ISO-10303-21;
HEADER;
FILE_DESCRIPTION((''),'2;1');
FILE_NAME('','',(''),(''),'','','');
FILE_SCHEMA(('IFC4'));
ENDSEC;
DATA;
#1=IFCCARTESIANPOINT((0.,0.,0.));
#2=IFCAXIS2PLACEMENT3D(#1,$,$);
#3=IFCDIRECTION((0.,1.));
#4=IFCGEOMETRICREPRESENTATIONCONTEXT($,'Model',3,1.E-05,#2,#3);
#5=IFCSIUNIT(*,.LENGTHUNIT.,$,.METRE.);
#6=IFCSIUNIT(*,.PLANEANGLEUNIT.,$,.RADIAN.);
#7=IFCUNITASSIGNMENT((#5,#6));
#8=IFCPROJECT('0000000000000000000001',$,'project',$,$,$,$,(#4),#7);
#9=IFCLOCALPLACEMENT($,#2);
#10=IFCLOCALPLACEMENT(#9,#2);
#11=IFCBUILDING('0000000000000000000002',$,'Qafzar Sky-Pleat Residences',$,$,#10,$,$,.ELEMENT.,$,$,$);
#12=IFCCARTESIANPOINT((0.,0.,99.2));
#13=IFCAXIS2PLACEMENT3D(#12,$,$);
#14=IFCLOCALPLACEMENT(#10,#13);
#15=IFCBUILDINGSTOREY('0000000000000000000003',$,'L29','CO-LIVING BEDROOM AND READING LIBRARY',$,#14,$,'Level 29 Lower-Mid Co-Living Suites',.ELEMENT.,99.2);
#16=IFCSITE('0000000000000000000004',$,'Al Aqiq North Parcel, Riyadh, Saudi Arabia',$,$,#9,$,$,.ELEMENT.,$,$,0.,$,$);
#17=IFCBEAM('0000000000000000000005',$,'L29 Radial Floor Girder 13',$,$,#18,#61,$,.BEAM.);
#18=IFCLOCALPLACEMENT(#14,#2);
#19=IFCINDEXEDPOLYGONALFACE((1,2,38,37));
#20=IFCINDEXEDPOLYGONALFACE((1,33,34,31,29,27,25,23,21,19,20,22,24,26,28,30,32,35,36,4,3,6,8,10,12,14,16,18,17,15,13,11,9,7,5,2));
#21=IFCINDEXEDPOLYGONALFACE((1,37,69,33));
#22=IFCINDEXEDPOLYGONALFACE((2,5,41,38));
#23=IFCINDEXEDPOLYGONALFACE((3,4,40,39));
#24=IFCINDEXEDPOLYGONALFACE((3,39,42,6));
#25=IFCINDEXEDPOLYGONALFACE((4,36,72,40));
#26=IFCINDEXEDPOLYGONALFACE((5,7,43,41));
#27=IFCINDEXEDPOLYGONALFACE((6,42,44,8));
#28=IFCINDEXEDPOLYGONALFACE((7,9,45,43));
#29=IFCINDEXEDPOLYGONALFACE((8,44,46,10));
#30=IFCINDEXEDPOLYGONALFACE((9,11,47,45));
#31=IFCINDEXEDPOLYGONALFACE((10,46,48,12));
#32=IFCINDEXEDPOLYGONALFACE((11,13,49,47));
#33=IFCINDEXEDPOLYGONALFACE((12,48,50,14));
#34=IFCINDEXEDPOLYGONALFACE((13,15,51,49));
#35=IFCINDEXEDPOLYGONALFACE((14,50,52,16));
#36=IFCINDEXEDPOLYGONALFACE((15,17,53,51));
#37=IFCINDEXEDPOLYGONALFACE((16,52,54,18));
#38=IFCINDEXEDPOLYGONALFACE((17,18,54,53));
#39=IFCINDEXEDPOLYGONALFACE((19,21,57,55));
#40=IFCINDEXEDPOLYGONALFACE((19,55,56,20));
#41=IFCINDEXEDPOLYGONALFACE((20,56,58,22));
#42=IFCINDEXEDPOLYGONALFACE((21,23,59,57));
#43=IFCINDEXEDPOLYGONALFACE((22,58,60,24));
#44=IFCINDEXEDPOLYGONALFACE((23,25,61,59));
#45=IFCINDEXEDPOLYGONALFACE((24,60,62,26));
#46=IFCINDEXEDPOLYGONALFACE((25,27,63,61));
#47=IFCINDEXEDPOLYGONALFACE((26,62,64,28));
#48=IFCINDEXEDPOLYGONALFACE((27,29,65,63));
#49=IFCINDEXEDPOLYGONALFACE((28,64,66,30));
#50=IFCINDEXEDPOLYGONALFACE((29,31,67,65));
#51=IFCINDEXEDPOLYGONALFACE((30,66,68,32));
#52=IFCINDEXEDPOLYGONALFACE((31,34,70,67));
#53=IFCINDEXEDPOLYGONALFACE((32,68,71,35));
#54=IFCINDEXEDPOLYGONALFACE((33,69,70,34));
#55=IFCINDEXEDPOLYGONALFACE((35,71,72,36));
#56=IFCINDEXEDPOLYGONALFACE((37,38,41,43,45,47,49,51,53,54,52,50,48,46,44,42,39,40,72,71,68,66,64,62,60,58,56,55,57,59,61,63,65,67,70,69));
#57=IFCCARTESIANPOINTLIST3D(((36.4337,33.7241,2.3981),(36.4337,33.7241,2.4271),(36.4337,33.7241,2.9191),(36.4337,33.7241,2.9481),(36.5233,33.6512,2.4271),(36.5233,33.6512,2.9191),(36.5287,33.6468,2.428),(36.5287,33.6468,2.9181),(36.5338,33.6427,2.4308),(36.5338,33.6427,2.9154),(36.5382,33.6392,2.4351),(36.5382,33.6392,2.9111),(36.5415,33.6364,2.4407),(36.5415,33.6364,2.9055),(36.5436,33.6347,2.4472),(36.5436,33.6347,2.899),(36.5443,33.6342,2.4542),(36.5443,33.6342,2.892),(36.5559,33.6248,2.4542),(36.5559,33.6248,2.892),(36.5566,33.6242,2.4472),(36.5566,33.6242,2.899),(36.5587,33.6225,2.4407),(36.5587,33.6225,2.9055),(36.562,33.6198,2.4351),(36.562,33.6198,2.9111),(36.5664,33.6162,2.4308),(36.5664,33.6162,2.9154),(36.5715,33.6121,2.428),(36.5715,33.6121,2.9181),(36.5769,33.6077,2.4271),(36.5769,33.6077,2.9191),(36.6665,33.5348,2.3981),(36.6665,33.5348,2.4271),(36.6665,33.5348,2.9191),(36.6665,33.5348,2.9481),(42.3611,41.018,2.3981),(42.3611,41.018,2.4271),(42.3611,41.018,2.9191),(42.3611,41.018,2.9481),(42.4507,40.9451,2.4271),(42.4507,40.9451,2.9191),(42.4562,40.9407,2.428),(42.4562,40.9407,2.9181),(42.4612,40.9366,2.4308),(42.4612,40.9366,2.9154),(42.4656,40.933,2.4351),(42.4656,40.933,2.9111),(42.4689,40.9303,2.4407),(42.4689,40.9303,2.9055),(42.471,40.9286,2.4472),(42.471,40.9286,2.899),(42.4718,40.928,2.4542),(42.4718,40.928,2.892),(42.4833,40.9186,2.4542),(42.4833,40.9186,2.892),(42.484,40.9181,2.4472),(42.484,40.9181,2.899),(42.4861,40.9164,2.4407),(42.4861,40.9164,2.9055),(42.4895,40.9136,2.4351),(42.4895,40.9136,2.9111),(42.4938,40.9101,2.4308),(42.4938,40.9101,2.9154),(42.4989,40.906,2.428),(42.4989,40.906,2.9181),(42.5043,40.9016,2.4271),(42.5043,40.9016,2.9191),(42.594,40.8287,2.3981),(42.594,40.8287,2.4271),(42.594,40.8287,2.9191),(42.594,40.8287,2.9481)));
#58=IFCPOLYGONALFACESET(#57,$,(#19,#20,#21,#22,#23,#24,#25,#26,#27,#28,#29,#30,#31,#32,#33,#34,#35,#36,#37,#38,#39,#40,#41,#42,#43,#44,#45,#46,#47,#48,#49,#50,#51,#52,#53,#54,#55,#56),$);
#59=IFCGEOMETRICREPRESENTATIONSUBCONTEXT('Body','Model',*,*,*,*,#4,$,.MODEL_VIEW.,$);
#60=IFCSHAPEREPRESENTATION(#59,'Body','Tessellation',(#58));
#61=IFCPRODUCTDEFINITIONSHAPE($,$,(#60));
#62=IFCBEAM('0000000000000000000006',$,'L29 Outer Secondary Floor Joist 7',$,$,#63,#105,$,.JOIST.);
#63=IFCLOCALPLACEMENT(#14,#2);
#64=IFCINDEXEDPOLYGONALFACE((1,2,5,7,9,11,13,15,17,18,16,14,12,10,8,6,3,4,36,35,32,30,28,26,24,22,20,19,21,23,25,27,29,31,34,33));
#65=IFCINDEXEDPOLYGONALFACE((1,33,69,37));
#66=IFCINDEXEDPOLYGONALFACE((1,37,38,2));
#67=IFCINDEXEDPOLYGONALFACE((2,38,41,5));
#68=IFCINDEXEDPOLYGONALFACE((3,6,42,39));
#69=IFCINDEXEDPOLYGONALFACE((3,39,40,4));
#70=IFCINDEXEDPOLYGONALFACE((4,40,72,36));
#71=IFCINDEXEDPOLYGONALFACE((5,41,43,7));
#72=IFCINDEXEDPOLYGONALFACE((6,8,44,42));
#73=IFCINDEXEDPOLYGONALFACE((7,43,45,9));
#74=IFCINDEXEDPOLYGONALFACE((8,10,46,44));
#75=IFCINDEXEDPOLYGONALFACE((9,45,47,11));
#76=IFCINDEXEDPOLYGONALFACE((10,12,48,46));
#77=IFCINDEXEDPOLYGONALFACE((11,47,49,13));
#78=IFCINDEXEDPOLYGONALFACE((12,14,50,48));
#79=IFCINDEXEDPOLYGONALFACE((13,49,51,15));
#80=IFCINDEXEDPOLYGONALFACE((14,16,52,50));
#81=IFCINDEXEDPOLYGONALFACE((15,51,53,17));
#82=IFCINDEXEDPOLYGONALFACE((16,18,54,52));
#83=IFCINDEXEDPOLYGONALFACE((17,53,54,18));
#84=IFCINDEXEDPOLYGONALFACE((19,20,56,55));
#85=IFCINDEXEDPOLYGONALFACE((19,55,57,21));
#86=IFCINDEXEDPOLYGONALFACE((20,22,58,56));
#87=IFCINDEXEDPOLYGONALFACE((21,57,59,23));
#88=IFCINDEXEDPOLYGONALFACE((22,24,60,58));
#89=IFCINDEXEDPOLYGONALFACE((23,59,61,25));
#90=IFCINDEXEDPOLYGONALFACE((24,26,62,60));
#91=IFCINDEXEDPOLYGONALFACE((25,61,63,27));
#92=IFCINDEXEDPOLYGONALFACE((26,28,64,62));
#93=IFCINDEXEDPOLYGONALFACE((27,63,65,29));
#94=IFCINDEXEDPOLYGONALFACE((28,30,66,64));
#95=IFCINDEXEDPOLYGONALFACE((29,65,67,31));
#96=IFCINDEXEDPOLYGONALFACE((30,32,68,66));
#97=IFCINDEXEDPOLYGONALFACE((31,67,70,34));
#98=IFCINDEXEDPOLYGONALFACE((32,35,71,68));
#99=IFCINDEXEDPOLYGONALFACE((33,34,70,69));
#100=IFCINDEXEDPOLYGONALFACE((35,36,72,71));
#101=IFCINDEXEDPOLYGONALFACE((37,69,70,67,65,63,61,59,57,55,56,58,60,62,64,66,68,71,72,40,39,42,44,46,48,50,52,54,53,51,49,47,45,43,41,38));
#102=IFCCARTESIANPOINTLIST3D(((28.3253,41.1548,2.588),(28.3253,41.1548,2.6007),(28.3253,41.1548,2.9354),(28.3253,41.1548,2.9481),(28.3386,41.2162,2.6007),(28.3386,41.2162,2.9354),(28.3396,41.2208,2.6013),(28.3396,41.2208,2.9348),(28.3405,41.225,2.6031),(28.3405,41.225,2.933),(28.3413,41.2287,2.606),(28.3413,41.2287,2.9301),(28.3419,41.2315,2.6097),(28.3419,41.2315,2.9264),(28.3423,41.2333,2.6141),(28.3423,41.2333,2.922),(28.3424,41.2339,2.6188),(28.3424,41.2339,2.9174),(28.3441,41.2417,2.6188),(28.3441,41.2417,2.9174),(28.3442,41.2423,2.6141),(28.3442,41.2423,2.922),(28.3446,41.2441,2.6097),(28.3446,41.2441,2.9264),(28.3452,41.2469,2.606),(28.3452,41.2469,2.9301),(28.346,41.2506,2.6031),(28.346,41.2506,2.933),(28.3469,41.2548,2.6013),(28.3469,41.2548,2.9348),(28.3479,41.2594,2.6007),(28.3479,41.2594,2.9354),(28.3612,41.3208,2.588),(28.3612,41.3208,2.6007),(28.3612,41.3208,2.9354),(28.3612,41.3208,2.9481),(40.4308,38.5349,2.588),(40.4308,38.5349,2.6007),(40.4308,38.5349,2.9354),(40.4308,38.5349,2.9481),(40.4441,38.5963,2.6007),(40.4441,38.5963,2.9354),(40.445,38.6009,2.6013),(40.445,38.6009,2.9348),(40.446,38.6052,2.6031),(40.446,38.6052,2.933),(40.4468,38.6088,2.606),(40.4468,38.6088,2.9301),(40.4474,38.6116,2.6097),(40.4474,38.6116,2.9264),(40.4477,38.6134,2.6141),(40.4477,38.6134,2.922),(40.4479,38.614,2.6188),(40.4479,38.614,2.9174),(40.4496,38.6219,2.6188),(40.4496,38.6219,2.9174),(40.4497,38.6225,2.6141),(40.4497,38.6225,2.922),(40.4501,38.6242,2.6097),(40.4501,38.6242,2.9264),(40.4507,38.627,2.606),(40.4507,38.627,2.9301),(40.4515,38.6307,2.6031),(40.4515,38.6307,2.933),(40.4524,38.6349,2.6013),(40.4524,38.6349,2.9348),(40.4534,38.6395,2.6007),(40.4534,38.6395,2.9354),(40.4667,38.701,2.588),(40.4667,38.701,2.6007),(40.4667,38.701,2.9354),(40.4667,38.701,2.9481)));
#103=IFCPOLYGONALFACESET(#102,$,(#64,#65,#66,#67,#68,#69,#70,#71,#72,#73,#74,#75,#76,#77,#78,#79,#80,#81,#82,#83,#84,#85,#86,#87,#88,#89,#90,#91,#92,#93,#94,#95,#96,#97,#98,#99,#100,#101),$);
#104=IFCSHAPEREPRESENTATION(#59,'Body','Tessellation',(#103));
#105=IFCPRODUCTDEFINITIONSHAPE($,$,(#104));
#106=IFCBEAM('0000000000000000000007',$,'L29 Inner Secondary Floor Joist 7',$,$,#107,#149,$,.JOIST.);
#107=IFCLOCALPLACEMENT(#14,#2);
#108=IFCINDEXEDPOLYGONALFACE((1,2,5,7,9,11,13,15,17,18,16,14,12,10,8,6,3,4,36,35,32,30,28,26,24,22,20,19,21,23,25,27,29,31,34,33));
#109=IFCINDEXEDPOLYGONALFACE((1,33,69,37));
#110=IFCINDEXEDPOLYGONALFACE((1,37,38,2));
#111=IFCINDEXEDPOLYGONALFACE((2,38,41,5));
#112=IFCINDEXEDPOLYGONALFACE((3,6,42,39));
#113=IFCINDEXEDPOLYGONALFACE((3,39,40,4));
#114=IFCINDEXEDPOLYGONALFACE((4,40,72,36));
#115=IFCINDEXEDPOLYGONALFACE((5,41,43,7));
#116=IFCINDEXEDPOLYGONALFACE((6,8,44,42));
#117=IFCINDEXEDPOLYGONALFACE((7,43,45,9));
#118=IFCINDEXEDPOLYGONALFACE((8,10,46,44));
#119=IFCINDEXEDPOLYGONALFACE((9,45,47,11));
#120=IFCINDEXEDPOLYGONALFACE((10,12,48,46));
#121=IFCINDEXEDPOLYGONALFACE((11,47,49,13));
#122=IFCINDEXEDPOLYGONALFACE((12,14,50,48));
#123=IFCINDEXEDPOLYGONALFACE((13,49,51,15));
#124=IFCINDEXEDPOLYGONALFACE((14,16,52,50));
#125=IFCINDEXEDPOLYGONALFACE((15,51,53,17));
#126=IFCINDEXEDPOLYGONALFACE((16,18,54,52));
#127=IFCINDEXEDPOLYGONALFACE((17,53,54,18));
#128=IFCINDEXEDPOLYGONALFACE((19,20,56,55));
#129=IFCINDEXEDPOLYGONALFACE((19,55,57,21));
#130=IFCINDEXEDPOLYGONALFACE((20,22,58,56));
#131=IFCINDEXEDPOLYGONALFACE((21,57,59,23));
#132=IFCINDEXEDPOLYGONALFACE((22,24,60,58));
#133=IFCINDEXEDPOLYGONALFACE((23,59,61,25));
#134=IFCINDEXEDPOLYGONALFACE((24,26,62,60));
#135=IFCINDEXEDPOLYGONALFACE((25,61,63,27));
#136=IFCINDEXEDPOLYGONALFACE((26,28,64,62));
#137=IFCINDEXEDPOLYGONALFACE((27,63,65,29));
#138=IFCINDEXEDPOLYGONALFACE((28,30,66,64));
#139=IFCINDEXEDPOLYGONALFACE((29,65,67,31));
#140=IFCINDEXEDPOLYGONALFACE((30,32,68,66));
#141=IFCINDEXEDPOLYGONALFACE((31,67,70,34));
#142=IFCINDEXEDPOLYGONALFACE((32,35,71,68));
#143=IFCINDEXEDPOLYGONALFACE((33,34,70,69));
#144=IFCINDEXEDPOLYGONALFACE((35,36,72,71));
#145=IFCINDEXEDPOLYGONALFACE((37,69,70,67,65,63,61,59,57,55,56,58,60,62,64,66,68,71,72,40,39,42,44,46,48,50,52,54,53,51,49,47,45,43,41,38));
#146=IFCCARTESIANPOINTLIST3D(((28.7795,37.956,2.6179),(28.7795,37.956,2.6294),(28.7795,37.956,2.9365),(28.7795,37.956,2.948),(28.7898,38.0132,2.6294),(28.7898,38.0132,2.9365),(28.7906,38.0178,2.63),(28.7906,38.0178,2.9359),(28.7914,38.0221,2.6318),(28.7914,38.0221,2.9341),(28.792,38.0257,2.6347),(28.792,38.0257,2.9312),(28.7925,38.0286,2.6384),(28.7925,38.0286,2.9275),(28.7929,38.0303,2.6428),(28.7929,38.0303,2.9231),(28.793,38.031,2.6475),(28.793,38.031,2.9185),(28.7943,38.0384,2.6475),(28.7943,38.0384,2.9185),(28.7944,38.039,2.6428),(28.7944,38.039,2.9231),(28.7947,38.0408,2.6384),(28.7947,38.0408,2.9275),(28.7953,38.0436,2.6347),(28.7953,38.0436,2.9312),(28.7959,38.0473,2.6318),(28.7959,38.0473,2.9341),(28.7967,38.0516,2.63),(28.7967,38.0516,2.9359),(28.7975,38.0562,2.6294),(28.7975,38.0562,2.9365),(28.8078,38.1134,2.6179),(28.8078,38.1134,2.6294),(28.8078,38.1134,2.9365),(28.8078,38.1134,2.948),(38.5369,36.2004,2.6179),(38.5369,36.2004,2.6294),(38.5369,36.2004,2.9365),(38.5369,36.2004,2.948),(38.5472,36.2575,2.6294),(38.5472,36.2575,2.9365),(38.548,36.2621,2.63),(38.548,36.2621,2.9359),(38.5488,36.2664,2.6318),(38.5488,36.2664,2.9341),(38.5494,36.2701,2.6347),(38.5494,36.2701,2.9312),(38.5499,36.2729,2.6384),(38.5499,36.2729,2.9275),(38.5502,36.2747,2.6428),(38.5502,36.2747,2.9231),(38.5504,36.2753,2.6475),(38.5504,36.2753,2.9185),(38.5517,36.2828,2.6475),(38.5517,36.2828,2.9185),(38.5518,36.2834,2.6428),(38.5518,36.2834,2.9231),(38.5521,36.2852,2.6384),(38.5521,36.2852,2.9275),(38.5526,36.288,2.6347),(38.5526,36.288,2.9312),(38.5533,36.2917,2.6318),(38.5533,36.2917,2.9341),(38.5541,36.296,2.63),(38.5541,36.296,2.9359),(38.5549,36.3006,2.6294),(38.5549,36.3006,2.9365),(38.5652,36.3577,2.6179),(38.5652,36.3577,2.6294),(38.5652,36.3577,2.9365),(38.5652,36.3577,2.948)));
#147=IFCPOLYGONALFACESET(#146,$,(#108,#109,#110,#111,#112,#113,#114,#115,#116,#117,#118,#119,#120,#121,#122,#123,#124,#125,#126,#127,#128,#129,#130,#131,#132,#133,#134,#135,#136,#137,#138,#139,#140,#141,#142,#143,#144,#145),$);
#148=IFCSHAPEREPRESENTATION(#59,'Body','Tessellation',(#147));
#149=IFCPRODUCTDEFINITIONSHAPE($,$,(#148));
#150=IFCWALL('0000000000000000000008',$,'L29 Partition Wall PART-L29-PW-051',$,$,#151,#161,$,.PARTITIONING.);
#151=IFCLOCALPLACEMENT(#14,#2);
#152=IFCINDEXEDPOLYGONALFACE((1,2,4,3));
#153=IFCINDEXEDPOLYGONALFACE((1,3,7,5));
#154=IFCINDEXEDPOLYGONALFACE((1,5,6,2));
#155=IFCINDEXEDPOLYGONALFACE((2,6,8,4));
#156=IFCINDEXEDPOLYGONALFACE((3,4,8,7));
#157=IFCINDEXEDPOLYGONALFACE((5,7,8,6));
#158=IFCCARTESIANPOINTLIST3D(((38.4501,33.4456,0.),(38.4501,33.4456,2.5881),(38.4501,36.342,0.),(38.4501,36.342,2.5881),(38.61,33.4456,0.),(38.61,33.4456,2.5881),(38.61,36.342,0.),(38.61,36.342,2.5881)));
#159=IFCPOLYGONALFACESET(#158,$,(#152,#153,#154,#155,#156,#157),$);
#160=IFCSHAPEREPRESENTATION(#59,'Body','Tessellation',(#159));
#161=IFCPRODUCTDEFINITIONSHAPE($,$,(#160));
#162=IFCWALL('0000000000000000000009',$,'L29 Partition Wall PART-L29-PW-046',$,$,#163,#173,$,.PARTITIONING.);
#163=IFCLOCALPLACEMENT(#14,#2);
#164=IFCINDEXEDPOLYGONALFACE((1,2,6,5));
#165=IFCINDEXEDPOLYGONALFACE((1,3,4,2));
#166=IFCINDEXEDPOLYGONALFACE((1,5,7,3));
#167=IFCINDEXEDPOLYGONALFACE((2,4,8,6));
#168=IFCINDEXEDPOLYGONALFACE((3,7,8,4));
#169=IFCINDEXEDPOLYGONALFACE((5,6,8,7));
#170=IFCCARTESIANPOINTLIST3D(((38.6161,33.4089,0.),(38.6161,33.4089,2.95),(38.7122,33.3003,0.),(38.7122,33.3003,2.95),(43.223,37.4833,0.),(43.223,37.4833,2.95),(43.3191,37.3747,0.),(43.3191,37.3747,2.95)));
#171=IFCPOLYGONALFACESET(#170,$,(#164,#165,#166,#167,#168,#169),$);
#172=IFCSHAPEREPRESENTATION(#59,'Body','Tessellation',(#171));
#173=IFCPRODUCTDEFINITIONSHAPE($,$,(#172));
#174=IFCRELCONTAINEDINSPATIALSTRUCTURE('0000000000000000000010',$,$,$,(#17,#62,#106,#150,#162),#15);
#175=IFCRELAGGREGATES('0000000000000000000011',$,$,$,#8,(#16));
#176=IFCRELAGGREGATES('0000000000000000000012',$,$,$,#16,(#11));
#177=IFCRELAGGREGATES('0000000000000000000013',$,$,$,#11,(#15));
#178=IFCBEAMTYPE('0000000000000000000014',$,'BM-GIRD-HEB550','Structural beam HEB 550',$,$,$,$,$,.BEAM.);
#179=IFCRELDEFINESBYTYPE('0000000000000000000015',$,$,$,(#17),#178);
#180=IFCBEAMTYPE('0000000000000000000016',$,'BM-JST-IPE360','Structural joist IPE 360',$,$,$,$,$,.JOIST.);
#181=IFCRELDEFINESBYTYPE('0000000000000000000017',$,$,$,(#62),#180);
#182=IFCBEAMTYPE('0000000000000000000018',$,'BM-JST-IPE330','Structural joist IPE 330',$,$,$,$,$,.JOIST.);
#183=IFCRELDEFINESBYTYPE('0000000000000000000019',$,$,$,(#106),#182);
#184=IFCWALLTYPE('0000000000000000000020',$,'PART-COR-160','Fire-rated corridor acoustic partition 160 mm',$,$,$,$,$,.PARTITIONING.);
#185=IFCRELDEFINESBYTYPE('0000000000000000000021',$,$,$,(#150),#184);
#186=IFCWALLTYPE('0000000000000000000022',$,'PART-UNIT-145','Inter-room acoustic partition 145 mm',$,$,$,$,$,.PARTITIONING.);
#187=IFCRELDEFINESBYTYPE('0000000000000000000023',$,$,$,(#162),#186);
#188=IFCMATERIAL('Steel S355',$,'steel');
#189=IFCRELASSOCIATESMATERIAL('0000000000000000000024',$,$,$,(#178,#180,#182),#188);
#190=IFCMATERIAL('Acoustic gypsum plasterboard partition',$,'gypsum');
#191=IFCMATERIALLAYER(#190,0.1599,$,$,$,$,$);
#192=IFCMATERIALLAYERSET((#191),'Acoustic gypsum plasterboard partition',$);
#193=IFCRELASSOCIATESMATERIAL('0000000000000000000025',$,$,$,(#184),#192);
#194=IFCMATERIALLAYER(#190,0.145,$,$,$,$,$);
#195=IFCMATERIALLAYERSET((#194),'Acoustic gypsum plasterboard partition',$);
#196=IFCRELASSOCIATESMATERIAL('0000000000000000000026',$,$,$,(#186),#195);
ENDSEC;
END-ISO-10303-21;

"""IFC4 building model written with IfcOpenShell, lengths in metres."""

from ifc_helpers import new_model, si_unit, direction, frame, frame_2d, origin, origin_2d, place, context, subcontext, project, spatial, rectangle, i_section, extrude, source, transform, mapped, material, layer, layer_set, material_profile, profile_set, type_object, element, save


model = new_model("IFC4")

# Units and contexts
model_context = context("Model", 3, precision=1e-05, world=origin(), true_north=direction((0.0, 1.0)))
body_context = subcontext(model_context, "Body", "Model", "MODEL_VIEW")
ifc_project = project(units=[si_unit("LENGTHUNIT", "METRE"), si_unit("PLANEANGLEUNIT", "RADIAN")], contexts=[model_context])

# Site, building, storey
site_placement = place(None, origin())
site = spatial("IfcSite", under=ifc_project, at=site_placement, Name="Al Aqiq North Parcel, Riyadh, Saudi Arabia", CompositionType="ELEMENT", RefElevation=0.0)
building_placement = place(site_placement, origin())
building = spatial("IfcBuilding", under=site, at=building_placement, Name="Qafzar Sky-Pleat Residences", CompositionType="ELEMENT")
storey_placement = place(building_placement, frame((0.0, 0.0, 99.2)))
storey = spatial("IfcBuildingStorey", under=building, at=storey_placement, Name="L29", Description="CO-LIVING BEDROOM AND READING LIBRARY", LongName="Level 29 Lower-Mid Co-Living Suites", CompositionType="ELEMENT", Elevation=99.2)

# Beams
ifc_material_1 = material(Name="Steel S355", Category="steel")
ifc_material_profile_1 = material_profile(ifc_material_1, i_section(OverallWidth=0.3, OverallDepth=0.55, WebThickness=0.0149, FlangeThickness=0.0291, FilletRadius=0.0271, at=origin_2d()), Name="HEB 550")
ifc_profile_set_1 = profile_set([ifc_material_profile_1], Name="Steel S355")
beam_type_1 = type_object("IfcBeamType", Name="BM-GIRD-HEB550", Description="Structural beam HEB 550", PredefinedType="BEAM", material=ifc_profile_set_1)
shared_shape_1 = source(origin(), body_context, "Body", "SweptSolid", [
    extrude(i_section(OverallWidth=0.3, OverallDepth=0.55, WebThickness=0.0149, FlangeThickness=0.0291, FilletRadius=0.0271, at=origin_2d()), origin(), (0.0, 0.0, 1.0), 9.3987),
])
beam_1_placement = place(storey_placement, frame((42.4775, 40.9233, 2.6731), z_axis=(-0.630667, -0.776054, 0.0), x_axis=(0.776054, -0.630667, 0.0)))
element("IfcBeam", 1, at=beam_1_placement, inside=storey, type_object=beam_type_1, Name="L29 Radial Floor Girder 13", PredefinedType="BEAM", context=body_context, shape_type="MappedRepresentation", body=[
    mapped(shared_shape_1, transform((0.0, 0.0, 0.0), x_axis=(1.0, 0.0, 0.0), y_axis=(0.0, 1.0, 0.0), z_axis=(0.0, 0.0, 1.0), scale=1.0)),
])
ifc_material_profile_2 = material_profile(ifc_material_1, i_section(OverallWidth=0.1699, OverallDepth=0.3601, WebThickness=0.0081, FlangeThickness=0.0127, FilletRadius=0.0181, at=origin_2d()), Name="IPE 360")
ifc_profile_set_2 = profile_set([ifc_material_profile_2], Name="Steel S355")
beam_type_2 = type_object("IfcBeamType", Name="BM-JST-IPE360", Description="Structural joist IPE 360", PredefinedType="JOIST", material=ifc_profile_set_2)
shared_shape_2 = source(origin(), body_context, "Body", "SweptSolid", [
    extrude(i_section(OverallWidth=0.1699, OverallDepth=0.3601, WebThickness=0.0081, FlangeThickness=0.0127, FilletRadius=0.0181, at=origin_2d()), origin(), (0.0, 0.0, 1.0), 12.3857),
])
beam_2_placement = place(storey_placement, frame((40.4487, 38.6179, 2.7681), z_axis=(-0.977373, 0.211524, 0.0), x_axis=(-0.211524, -0.977373, 0.0)))
element("IfcBeam", 2, at=beam_2_placement, inside=storey, type_object=beam_type_2, Name="L29 Outer Secondary Floor Joist 7", PredefinedType="JOIST", context=body_context, shape_type="MappedRepresentation", body=[
    mapped(shared_shape_2, transform((0.0, 0.0, 0.0), x_axis=(1.0, 0.0, 0.0), y_axis=(0.0, 1.0, 0.0), z_axis=(0.0, 0.0, 1.0), scale=1.0)),
])
ifc_material_profile_3 = material_profile(ifc_material_1, i_section(OverallWidth=0.1599, OverallDepth=0.3301, WebThickness=0.0076, FlangeThickness=0.0115, FilletRadius=0.0181, at=origin_2d()), Name="IPE 330")
ifc_profile_set_3 = profile_set([ifc_material_profile_3], Name="Steel S355")
beam_type_3 = type_object("IfcBeamType", Name="BM-JST-IPE330", Description="Structural joist IPE 330", PredefinedType="JOIST", material=ifc_profile_set_3)
shared_shape_3 = source(origin(), body_context, "Body", "SweptSolid", [
    extrude(i_section(OverallWidth=0.1599, OverallDepth=0.3301, WebThickness=0.0076, FlangeThickness=0.0115, FilletRadius=0.0181, at=origin_2d()), origin(), (0.0, 0.0, 1.0), 9.9141),
])
beam_3_placement = place(storey_placement, frame((38.551, 36.2791, 2.783), z_axis=(-0.984196, 0.177084, 0.0), x_axis=(-0.177084, -0.984196, 0.0)))
element("IfcBeam", 3, at=beam_3_placement, inside=storey, type_object=beam_type_3, Name="L29 Inner Secondary Floor Joist 7", PredefinedType="JOIST", context=body_context, shape_type="MappedRepresentation", body=[
    mapped(shared_shape_3, transform((0.0, 0.0, 0.0), x_axis=(1.0, 0.0, 0.0), y_axis=(0.0, 1.0, 0.0), z_axis=(0.0, 0.0, 1.0), scale=1.0)),
])

# Walls
ifc_material_2 = material(Name="Acoustic gypsum plasterboard partition", Category="gypsum")
ifc_layer_1 = layer(ifc_material_2, 0.1599)
ifc_layer_set_1 = layer_set([ifc_layer_1], Name="Acoustic gypsum plasterboard partition")
wall_type_1 = type_object("IfcWallType", Name="PART-COR-160", Description="Fire-rated corridor acoustic partition 160 mm", PredefinedType="PARTITIONING", material=ifc_layer_set_1)
wall_1_placement = place(storey_placement, frame((38.53, 33.4456, 0.0), z_axis=(0.0, 0.0, 1.0), x_axis=(0.0, 1.0, 0.0)))
element("IfcWall", 4, at=wall_1_placement, inside=storey, type_object=wall_type_1, Name="L29 Partition Wall PART-L29-PW-051", PredefinedType="PARTITIONING", context=body_context, shape_type="SweptSolid", body=[
    extrude(rectangle(XDim=2.8965, YDim=0.1599, at=frame_2d((1.4482, 0.0))), origin(), (0.0, 0.0, 1.0), 2.5881),
])
ifc_layer_2 = layer(ifc_material_2, 0.145)
ifc_layer_set_2 = layer_set([ifc_layer_2], Name="Acoustic gypsum plasterboard partition")
wall_type_2 = type_object("IfcWallType", Name="PART-UNIT-145", Description="Inter-room acoustic partition 145 mm", PredefinedType="PARTITIONING", material=ifc_layer_set_2)
wall_2_placement = place(storey_placement, frame((38.6641, 33.3545, 0.0), z_axis=(0.0, 0.0, 1.0), x_axis=(0.749069, 0.662492, 0.0)))
element("IfcWall", 5, at=wall_2_placement, inside=storey, type_object=wall_type_2, Name="L29 Partition Wall PART-L29-PW-046", PredefinedType="PARTITIONING", context=body_context, shape_type="SweptSolid", body=[
    extrude(rectangle(XDim=6.1501, YDim=0.145, at=frame_2d((3.0752, 0.0))), origin(), (0.0, 0.0, 1.0), 2.95),
])

save(model, "model.ifc")
